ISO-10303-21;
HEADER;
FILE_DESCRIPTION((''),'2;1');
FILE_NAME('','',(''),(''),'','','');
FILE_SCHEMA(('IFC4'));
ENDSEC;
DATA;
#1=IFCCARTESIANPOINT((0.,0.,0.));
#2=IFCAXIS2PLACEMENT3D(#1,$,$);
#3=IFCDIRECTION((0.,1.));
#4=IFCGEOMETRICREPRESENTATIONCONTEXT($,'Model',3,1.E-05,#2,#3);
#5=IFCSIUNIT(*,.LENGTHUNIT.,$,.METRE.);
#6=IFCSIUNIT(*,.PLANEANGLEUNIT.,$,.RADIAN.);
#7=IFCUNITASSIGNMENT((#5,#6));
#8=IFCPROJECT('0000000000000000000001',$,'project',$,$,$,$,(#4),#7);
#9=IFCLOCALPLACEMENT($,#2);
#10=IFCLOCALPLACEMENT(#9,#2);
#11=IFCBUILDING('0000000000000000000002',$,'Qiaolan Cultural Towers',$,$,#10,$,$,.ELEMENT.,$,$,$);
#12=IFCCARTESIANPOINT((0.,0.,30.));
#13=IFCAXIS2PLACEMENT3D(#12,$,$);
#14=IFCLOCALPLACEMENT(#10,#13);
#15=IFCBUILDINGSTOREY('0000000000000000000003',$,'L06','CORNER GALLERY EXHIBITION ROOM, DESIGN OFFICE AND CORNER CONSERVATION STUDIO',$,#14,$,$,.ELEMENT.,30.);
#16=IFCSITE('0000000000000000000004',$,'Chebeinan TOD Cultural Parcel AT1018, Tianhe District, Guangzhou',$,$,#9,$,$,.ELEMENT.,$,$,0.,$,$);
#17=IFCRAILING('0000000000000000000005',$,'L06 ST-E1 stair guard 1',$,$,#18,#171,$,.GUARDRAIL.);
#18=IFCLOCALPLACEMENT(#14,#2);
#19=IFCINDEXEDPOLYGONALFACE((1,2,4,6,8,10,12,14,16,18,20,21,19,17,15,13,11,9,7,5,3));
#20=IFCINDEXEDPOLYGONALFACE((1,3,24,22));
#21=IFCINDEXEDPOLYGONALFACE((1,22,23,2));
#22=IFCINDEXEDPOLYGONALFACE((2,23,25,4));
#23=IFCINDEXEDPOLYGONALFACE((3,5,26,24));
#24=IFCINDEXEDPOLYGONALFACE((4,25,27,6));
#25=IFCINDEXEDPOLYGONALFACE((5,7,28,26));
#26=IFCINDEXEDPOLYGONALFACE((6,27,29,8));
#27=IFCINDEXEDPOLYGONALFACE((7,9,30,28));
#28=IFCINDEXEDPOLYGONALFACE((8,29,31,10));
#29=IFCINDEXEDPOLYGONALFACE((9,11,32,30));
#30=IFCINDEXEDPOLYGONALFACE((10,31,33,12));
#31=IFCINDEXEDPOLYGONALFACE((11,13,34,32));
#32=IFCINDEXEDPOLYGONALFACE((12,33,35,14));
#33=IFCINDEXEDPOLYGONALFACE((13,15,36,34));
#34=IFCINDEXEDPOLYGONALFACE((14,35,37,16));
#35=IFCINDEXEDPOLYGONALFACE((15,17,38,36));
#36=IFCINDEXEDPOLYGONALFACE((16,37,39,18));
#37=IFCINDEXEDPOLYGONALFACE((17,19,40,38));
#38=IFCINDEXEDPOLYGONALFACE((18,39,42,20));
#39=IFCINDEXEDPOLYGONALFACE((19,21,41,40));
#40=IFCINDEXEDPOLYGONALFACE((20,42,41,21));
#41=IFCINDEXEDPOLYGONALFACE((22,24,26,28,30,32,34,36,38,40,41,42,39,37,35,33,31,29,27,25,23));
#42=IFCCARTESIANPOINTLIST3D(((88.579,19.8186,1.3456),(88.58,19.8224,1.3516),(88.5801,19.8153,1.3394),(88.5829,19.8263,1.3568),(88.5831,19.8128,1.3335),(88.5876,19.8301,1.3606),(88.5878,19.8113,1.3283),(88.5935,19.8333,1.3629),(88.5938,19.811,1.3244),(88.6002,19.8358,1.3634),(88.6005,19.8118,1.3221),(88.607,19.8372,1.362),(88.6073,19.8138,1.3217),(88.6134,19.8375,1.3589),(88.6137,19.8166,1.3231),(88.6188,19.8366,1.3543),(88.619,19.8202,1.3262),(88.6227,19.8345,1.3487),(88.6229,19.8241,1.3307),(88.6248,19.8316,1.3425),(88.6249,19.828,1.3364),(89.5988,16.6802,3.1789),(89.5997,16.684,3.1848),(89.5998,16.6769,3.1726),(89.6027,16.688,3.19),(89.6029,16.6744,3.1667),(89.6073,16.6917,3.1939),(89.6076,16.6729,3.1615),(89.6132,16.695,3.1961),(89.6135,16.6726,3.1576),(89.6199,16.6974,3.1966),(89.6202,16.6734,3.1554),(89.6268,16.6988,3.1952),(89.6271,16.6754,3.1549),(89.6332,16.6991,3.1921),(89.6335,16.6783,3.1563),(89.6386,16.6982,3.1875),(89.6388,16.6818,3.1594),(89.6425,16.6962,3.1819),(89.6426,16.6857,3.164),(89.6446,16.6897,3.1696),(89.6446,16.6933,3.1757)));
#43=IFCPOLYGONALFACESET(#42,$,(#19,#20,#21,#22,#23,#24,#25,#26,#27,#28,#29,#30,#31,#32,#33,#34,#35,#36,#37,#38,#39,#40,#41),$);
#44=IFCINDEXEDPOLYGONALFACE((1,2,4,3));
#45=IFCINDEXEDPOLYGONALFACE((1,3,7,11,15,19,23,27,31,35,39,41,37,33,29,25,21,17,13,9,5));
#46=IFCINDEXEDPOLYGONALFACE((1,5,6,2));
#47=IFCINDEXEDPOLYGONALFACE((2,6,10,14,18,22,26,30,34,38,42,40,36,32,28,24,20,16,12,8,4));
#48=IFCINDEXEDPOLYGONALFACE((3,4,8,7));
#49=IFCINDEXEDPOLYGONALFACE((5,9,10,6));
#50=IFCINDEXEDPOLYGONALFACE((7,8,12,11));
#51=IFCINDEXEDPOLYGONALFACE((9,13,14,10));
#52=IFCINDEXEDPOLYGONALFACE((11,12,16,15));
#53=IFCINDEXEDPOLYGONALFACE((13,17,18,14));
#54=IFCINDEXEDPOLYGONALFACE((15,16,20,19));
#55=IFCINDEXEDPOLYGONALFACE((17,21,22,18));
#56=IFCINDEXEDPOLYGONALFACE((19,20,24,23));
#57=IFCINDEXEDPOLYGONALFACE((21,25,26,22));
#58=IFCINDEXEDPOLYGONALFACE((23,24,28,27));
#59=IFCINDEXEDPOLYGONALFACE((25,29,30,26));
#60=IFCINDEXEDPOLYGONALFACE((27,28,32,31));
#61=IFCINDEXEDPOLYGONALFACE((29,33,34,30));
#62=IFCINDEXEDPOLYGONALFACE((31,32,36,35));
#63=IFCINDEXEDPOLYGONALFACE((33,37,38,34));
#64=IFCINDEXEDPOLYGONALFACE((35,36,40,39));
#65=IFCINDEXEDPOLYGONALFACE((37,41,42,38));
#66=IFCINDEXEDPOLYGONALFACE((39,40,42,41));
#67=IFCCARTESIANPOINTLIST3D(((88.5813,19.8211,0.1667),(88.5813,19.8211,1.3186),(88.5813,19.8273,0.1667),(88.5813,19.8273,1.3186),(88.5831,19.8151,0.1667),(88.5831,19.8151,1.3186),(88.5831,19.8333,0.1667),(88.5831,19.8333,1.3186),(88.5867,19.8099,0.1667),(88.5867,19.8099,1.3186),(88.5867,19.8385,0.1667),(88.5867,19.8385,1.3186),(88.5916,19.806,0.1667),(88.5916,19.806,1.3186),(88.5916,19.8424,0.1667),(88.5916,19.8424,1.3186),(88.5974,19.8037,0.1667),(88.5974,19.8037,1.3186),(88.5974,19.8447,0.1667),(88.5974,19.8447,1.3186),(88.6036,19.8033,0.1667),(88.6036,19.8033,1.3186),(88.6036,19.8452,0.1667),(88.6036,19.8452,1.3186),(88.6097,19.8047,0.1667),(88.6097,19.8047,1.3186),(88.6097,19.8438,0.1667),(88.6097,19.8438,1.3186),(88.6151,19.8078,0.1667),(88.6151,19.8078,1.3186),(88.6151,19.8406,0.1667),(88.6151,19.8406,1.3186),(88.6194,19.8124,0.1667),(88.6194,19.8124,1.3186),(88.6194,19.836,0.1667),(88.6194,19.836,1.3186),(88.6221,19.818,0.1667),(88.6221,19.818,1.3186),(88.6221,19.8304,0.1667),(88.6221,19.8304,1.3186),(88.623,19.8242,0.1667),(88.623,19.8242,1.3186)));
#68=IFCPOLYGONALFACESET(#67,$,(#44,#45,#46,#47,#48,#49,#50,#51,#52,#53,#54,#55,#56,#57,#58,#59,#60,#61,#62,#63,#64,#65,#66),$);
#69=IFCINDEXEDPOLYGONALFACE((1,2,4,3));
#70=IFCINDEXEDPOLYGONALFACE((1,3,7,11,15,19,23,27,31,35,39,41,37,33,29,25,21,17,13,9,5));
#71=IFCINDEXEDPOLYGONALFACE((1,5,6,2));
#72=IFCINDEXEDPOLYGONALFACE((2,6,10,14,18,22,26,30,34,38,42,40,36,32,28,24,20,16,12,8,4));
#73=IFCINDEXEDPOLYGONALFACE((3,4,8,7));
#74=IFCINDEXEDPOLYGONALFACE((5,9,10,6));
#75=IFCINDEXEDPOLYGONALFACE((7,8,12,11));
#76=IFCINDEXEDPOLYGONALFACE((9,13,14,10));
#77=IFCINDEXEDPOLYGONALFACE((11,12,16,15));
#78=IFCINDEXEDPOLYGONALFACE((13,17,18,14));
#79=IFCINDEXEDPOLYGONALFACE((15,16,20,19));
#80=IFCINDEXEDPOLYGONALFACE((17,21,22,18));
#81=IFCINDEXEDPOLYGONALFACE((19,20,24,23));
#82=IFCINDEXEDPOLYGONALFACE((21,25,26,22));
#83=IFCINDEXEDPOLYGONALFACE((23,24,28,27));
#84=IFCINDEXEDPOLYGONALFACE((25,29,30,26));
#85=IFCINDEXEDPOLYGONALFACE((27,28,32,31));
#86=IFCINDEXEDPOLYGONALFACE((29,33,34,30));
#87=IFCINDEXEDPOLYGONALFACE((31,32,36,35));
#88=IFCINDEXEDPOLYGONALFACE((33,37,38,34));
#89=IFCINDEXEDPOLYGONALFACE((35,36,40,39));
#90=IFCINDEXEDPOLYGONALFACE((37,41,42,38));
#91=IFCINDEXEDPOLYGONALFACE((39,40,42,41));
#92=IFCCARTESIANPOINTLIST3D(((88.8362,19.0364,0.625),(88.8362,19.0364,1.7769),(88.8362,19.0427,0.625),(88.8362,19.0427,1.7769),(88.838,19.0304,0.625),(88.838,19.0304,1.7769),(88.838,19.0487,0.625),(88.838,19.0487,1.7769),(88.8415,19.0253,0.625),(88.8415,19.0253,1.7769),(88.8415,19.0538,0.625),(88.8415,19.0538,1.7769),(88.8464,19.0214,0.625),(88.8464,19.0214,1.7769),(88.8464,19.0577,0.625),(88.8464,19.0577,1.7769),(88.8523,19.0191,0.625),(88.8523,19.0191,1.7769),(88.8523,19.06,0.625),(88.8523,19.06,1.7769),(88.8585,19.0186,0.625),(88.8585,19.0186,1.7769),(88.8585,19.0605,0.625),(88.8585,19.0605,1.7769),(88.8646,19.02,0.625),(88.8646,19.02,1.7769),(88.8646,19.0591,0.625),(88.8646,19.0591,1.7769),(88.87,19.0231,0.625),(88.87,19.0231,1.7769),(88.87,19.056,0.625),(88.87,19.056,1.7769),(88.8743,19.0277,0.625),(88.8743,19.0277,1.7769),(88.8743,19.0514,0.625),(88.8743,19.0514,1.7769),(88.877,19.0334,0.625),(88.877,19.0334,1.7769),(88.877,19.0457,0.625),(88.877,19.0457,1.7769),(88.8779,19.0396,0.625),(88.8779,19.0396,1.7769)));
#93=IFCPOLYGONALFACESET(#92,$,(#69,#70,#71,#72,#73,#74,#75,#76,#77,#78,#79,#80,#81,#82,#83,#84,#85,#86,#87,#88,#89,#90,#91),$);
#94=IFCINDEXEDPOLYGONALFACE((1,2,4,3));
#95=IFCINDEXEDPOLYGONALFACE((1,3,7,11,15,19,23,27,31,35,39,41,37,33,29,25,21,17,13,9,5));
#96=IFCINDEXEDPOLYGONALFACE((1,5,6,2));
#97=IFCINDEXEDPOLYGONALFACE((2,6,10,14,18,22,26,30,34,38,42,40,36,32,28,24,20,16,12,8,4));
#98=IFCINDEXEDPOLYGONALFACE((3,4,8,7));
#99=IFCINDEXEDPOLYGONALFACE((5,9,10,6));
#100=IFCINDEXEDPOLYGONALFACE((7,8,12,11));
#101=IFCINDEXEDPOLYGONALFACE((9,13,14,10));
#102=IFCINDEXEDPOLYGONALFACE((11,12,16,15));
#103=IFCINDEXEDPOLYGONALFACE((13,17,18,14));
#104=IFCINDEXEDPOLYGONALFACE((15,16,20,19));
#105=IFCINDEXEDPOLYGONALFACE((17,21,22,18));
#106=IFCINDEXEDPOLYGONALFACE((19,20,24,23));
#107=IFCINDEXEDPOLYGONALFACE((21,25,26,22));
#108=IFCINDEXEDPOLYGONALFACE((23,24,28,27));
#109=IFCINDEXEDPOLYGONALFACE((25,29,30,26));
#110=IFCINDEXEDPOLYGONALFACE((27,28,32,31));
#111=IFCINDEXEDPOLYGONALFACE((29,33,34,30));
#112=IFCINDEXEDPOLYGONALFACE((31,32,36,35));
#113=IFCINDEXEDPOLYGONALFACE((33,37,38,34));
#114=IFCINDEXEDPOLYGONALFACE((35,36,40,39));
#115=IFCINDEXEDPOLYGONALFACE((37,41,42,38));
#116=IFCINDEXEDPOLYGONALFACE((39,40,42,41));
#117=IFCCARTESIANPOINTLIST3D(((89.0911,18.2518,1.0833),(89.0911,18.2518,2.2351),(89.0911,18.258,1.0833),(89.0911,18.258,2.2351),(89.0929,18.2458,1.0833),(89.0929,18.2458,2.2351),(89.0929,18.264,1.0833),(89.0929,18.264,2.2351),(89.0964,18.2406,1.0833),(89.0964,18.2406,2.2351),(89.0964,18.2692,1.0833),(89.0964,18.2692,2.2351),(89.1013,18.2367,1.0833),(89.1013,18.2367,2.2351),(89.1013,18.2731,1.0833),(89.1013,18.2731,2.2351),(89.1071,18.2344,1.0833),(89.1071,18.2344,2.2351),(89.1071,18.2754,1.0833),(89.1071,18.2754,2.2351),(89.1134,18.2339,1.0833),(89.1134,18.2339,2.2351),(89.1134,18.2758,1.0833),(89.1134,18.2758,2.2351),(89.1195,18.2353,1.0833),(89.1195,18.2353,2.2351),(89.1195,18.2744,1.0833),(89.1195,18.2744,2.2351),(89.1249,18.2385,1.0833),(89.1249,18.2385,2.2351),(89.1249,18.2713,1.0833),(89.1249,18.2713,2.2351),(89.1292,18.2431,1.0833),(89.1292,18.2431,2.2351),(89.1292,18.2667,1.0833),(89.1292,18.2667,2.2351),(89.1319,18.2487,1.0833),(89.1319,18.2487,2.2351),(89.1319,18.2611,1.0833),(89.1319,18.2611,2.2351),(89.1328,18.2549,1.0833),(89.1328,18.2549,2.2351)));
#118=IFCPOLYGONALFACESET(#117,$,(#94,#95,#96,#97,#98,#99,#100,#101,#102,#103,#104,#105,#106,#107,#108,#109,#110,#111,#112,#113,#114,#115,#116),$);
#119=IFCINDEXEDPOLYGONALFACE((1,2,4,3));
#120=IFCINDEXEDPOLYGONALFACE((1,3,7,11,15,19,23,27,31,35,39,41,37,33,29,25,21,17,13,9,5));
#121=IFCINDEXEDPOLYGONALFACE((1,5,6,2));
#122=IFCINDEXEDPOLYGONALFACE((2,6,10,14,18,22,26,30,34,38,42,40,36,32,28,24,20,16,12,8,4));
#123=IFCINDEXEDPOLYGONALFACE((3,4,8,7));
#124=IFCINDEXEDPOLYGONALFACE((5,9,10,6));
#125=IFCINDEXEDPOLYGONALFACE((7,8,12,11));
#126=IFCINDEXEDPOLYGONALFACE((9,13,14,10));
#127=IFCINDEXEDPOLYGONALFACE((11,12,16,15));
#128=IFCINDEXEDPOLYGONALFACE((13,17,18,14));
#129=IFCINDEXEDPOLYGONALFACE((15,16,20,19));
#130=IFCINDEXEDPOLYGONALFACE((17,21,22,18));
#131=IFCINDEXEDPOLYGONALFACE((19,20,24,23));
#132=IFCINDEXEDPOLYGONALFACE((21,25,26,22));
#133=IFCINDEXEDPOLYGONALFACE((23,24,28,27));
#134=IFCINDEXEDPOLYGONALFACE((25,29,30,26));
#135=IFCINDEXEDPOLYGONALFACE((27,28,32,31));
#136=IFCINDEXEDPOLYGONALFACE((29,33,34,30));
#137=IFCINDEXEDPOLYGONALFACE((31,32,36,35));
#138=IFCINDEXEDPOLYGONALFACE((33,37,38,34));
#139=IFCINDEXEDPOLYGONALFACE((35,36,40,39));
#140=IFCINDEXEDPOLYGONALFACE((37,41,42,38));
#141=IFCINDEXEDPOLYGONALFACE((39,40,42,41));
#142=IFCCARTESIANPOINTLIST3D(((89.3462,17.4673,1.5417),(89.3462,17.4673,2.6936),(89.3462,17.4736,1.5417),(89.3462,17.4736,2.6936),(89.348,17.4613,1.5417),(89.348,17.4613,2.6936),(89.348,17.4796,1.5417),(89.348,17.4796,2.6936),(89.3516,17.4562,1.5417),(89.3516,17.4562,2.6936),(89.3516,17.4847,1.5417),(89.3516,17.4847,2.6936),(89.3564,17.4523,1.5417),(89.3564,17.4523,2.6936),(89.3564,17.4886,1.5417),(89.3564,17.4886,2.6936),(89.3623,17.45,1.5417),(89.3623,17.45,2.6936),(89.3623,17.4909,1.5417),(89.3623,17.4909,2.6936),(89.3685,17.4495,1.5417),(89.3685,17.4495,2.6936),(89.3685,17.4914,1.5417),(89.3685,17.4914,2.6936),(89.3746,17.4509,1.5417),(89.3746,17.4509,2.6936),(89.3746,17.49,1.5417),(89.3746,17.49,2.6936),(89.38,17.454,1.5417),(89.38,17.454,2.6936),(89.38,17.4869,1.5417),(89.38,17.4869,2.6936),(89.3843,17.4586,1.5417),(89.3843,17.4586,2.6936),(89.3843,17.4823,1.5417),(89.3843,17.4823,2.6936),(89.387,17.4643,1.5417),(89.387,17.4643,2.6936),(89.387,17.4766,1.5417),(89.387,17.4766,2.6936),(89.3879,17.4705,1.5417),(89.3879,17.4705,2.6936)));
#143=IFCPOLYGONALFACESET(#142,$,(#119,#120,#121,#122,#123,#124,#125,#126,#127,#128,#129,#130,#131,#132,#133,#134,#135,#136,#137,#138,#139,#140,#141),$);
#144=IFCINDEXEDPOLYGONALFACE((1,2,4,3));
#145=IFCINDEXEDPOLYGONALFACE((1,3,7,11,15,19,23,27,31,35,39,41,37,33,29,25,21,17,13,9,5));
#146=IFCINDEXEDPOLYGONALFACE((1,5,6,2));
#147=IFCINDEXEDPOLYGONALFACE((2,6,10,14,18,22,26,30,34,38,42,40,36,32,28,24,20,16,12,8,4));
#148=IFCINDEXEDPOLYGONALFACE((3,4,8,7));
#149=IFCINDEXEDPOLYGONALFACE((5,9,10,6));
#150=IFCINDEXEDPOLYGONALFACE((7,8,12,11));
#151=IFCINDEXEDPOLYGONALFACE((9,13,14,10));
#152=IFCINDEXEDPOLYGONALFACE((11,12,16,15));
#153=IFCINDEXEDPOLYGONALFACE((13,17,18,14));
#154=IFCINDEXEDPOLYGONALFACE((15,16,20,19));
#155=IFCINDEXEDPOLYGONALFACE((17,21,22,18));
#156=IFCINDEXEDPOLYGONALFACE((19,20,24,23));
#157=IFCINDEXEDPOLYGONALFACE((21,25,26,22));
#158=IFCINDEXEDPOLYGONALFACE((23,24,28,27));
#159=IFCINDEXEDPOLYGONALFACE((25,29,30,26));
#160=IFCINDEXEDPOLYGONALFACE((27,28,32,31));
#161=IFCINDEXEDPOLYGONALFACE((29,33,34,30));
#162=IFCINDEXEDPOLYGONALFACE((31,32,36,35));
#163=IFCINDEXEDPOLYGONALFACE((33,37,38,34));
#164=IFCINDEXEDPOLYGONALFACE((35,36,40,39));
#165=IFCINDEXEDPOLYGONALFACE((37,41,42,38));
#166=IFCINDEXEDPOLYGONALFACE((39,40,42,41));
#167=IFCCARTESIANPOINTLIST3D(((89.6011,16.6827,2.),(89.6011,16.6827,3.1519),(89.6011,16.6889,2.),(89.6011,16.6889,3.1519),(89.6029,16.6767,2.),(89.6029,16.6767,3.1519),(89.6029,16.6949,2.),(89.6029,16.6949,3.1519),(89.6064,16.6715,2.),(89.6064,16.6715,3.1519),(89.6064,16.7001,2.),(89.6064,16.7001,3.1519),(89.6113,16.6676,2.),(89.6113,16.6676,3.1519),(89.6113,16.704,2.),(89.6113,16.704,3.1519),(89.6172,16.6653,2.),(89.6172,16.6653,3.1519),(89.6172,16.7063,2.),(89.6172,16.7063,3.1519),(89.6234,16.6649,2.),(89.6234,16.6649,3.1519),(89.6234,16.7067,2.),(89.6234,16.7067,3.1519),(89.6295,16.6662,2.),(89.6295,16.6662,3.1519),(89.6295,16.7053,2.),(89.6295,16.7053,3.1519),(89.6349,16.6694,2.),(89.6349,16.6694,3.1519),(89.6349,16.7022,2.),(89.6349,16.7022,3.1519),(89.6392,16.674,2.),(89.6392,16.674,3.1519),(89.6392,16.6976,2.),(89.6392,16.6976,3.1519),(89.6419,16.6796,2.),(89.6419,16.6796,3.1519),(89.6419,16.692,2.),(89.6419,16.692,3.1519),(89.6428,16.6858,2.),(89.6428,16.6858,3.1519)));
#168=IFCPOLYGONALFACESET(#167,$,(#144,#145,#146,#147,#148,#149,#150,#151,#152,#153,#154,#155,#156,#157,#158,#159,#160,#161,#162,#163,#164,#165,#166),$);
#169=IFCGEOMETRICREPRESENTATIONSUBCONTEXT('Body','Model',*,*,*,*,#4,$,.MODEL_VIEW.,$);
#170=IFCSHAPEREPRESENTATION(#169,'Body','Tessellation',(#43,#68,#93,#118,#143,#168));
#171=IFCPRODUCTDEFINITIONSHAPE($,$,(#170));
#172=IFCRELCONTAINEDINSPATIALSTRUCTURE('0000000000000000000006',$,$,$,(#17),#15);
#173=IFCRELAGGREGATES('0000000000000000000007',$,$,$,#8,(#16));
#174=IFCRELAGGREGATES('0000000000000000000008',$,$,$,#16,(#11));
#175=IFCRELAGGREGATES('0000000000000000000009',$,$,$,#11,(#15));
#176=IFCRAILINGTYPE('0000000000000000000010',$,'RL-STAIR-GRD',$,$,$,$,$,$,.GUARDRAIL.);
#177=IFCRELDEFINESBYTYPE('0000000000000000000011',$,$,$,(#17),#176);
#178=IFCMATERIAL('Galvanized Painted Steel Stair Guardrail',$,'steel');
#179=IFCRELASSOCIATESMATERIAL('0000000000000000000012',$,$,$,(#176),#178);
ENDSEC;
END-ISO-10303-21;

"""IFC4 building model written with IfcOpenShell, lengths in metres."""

from ifc_helpers import new_model, si_unit, direction, frame, origin, origin_2d, place, context, subcontext, project, spatial, circle, extrude, material, type_object, element, save


model = new_model("IFC4")

# Units and contexts
model_context = context("Model", 3, precision=1e-05, world=origin(), true_north=direction((0.0, 1.0)))
body_context = subcontext(model_context, "Body", "Model", "MODEL_VIEW")
ifc_project = project(units=[si_unit("LENGTHUNIT", "METRE"), si_unit("PLANEANGLEUNIT", "RADIAN")], contexts=[model_context])

# Site, building, storey
site_placement = place(None, origin())
site = spatial("IfcSite", under=ifc_project, at=site_placement, Name="Chebeinan TOD Cultural Parcel AT1018, Tianhe District, Guangzhou", CompositionType="ELEMENT", RefElevation=0.0)
building_placement = place(site_placement, origin())
building = spatial("IfcBuilding", under=site, at=building_placement, Name="Qiaolan Cultural Towers", CompositionType="ELEMENT")
storey_placement = place(building_placement, frame((0.0, 0.0, 30.0)))
storey = spatial("IfcBuildingStorey", under=building, at=storey_placement, Name="L06", Description="CORNER GALLERY EXHIBITION ROOM, DESIGN OFFICE AND CORNER CONSERVATION STUDIO", CompositionType="ELEMENT", Elevation=30.0)

# Railing
ifc_material_1 = material(Name="Galvanized Painted Steel Stair Guardrail", Category="steel")
railing_type_1 = type_object("IfcRailingType", Name="RL-STAIR-GRD", PredefinedType="GUARDRAIL", material=ifc_material_1)
railing_1_placement = place(storey_placement, frame((88.6021, 19.8242, 0.1667)))
element("IfcRailing", 1, at=railing_1_placement, inside=storey, type_object=railing_type_1, Name="L06 ST-E1 stair guard 1", PredefinedType="GUARDRAIL", context=body_context, shape_type="SweptSolid", body=[
    extrude(circle(Radius=0.0239, at=origin_2d()), frame((0.0, 0.0, 1.1758), z_axis=(0.270141, -0.831376, 0.485632), x_axis=(0.951053, 0.309028, 0.0)), (0.0, 0.0, 1.0), 3.7749),
    extrude(circle(Radius=0.021, at=origin_2d()), origin(), (0.0, 0.0, 1.0), 1.1519),
    extrude(circle(Radius=0.021, at=origin_2d()), frame((0.2549, -0.7847, 0.4583)), (0.0, 0.0, 1.0), 1.1519),
    extrude(circle(Radius=0.021, at=origin_2d()), frame((0.5098, -1.5693, 0.9165)), (0.0, 0.0, 1.0), 1.1519),
    extrude(circle(Radius=0.021, at=origin_2d()), frame((0.7649, -2.3538, 1.375)), (0.0, 0.0, 1.0), 1.1519),
    extrude(circle(Radius=0.021, at=origin_2d()), frame((1.0198, -3.1384, 1.8333)), (0.0, 0.0, 1.0), 1.1519),
])

save(model, "model.ifc")
